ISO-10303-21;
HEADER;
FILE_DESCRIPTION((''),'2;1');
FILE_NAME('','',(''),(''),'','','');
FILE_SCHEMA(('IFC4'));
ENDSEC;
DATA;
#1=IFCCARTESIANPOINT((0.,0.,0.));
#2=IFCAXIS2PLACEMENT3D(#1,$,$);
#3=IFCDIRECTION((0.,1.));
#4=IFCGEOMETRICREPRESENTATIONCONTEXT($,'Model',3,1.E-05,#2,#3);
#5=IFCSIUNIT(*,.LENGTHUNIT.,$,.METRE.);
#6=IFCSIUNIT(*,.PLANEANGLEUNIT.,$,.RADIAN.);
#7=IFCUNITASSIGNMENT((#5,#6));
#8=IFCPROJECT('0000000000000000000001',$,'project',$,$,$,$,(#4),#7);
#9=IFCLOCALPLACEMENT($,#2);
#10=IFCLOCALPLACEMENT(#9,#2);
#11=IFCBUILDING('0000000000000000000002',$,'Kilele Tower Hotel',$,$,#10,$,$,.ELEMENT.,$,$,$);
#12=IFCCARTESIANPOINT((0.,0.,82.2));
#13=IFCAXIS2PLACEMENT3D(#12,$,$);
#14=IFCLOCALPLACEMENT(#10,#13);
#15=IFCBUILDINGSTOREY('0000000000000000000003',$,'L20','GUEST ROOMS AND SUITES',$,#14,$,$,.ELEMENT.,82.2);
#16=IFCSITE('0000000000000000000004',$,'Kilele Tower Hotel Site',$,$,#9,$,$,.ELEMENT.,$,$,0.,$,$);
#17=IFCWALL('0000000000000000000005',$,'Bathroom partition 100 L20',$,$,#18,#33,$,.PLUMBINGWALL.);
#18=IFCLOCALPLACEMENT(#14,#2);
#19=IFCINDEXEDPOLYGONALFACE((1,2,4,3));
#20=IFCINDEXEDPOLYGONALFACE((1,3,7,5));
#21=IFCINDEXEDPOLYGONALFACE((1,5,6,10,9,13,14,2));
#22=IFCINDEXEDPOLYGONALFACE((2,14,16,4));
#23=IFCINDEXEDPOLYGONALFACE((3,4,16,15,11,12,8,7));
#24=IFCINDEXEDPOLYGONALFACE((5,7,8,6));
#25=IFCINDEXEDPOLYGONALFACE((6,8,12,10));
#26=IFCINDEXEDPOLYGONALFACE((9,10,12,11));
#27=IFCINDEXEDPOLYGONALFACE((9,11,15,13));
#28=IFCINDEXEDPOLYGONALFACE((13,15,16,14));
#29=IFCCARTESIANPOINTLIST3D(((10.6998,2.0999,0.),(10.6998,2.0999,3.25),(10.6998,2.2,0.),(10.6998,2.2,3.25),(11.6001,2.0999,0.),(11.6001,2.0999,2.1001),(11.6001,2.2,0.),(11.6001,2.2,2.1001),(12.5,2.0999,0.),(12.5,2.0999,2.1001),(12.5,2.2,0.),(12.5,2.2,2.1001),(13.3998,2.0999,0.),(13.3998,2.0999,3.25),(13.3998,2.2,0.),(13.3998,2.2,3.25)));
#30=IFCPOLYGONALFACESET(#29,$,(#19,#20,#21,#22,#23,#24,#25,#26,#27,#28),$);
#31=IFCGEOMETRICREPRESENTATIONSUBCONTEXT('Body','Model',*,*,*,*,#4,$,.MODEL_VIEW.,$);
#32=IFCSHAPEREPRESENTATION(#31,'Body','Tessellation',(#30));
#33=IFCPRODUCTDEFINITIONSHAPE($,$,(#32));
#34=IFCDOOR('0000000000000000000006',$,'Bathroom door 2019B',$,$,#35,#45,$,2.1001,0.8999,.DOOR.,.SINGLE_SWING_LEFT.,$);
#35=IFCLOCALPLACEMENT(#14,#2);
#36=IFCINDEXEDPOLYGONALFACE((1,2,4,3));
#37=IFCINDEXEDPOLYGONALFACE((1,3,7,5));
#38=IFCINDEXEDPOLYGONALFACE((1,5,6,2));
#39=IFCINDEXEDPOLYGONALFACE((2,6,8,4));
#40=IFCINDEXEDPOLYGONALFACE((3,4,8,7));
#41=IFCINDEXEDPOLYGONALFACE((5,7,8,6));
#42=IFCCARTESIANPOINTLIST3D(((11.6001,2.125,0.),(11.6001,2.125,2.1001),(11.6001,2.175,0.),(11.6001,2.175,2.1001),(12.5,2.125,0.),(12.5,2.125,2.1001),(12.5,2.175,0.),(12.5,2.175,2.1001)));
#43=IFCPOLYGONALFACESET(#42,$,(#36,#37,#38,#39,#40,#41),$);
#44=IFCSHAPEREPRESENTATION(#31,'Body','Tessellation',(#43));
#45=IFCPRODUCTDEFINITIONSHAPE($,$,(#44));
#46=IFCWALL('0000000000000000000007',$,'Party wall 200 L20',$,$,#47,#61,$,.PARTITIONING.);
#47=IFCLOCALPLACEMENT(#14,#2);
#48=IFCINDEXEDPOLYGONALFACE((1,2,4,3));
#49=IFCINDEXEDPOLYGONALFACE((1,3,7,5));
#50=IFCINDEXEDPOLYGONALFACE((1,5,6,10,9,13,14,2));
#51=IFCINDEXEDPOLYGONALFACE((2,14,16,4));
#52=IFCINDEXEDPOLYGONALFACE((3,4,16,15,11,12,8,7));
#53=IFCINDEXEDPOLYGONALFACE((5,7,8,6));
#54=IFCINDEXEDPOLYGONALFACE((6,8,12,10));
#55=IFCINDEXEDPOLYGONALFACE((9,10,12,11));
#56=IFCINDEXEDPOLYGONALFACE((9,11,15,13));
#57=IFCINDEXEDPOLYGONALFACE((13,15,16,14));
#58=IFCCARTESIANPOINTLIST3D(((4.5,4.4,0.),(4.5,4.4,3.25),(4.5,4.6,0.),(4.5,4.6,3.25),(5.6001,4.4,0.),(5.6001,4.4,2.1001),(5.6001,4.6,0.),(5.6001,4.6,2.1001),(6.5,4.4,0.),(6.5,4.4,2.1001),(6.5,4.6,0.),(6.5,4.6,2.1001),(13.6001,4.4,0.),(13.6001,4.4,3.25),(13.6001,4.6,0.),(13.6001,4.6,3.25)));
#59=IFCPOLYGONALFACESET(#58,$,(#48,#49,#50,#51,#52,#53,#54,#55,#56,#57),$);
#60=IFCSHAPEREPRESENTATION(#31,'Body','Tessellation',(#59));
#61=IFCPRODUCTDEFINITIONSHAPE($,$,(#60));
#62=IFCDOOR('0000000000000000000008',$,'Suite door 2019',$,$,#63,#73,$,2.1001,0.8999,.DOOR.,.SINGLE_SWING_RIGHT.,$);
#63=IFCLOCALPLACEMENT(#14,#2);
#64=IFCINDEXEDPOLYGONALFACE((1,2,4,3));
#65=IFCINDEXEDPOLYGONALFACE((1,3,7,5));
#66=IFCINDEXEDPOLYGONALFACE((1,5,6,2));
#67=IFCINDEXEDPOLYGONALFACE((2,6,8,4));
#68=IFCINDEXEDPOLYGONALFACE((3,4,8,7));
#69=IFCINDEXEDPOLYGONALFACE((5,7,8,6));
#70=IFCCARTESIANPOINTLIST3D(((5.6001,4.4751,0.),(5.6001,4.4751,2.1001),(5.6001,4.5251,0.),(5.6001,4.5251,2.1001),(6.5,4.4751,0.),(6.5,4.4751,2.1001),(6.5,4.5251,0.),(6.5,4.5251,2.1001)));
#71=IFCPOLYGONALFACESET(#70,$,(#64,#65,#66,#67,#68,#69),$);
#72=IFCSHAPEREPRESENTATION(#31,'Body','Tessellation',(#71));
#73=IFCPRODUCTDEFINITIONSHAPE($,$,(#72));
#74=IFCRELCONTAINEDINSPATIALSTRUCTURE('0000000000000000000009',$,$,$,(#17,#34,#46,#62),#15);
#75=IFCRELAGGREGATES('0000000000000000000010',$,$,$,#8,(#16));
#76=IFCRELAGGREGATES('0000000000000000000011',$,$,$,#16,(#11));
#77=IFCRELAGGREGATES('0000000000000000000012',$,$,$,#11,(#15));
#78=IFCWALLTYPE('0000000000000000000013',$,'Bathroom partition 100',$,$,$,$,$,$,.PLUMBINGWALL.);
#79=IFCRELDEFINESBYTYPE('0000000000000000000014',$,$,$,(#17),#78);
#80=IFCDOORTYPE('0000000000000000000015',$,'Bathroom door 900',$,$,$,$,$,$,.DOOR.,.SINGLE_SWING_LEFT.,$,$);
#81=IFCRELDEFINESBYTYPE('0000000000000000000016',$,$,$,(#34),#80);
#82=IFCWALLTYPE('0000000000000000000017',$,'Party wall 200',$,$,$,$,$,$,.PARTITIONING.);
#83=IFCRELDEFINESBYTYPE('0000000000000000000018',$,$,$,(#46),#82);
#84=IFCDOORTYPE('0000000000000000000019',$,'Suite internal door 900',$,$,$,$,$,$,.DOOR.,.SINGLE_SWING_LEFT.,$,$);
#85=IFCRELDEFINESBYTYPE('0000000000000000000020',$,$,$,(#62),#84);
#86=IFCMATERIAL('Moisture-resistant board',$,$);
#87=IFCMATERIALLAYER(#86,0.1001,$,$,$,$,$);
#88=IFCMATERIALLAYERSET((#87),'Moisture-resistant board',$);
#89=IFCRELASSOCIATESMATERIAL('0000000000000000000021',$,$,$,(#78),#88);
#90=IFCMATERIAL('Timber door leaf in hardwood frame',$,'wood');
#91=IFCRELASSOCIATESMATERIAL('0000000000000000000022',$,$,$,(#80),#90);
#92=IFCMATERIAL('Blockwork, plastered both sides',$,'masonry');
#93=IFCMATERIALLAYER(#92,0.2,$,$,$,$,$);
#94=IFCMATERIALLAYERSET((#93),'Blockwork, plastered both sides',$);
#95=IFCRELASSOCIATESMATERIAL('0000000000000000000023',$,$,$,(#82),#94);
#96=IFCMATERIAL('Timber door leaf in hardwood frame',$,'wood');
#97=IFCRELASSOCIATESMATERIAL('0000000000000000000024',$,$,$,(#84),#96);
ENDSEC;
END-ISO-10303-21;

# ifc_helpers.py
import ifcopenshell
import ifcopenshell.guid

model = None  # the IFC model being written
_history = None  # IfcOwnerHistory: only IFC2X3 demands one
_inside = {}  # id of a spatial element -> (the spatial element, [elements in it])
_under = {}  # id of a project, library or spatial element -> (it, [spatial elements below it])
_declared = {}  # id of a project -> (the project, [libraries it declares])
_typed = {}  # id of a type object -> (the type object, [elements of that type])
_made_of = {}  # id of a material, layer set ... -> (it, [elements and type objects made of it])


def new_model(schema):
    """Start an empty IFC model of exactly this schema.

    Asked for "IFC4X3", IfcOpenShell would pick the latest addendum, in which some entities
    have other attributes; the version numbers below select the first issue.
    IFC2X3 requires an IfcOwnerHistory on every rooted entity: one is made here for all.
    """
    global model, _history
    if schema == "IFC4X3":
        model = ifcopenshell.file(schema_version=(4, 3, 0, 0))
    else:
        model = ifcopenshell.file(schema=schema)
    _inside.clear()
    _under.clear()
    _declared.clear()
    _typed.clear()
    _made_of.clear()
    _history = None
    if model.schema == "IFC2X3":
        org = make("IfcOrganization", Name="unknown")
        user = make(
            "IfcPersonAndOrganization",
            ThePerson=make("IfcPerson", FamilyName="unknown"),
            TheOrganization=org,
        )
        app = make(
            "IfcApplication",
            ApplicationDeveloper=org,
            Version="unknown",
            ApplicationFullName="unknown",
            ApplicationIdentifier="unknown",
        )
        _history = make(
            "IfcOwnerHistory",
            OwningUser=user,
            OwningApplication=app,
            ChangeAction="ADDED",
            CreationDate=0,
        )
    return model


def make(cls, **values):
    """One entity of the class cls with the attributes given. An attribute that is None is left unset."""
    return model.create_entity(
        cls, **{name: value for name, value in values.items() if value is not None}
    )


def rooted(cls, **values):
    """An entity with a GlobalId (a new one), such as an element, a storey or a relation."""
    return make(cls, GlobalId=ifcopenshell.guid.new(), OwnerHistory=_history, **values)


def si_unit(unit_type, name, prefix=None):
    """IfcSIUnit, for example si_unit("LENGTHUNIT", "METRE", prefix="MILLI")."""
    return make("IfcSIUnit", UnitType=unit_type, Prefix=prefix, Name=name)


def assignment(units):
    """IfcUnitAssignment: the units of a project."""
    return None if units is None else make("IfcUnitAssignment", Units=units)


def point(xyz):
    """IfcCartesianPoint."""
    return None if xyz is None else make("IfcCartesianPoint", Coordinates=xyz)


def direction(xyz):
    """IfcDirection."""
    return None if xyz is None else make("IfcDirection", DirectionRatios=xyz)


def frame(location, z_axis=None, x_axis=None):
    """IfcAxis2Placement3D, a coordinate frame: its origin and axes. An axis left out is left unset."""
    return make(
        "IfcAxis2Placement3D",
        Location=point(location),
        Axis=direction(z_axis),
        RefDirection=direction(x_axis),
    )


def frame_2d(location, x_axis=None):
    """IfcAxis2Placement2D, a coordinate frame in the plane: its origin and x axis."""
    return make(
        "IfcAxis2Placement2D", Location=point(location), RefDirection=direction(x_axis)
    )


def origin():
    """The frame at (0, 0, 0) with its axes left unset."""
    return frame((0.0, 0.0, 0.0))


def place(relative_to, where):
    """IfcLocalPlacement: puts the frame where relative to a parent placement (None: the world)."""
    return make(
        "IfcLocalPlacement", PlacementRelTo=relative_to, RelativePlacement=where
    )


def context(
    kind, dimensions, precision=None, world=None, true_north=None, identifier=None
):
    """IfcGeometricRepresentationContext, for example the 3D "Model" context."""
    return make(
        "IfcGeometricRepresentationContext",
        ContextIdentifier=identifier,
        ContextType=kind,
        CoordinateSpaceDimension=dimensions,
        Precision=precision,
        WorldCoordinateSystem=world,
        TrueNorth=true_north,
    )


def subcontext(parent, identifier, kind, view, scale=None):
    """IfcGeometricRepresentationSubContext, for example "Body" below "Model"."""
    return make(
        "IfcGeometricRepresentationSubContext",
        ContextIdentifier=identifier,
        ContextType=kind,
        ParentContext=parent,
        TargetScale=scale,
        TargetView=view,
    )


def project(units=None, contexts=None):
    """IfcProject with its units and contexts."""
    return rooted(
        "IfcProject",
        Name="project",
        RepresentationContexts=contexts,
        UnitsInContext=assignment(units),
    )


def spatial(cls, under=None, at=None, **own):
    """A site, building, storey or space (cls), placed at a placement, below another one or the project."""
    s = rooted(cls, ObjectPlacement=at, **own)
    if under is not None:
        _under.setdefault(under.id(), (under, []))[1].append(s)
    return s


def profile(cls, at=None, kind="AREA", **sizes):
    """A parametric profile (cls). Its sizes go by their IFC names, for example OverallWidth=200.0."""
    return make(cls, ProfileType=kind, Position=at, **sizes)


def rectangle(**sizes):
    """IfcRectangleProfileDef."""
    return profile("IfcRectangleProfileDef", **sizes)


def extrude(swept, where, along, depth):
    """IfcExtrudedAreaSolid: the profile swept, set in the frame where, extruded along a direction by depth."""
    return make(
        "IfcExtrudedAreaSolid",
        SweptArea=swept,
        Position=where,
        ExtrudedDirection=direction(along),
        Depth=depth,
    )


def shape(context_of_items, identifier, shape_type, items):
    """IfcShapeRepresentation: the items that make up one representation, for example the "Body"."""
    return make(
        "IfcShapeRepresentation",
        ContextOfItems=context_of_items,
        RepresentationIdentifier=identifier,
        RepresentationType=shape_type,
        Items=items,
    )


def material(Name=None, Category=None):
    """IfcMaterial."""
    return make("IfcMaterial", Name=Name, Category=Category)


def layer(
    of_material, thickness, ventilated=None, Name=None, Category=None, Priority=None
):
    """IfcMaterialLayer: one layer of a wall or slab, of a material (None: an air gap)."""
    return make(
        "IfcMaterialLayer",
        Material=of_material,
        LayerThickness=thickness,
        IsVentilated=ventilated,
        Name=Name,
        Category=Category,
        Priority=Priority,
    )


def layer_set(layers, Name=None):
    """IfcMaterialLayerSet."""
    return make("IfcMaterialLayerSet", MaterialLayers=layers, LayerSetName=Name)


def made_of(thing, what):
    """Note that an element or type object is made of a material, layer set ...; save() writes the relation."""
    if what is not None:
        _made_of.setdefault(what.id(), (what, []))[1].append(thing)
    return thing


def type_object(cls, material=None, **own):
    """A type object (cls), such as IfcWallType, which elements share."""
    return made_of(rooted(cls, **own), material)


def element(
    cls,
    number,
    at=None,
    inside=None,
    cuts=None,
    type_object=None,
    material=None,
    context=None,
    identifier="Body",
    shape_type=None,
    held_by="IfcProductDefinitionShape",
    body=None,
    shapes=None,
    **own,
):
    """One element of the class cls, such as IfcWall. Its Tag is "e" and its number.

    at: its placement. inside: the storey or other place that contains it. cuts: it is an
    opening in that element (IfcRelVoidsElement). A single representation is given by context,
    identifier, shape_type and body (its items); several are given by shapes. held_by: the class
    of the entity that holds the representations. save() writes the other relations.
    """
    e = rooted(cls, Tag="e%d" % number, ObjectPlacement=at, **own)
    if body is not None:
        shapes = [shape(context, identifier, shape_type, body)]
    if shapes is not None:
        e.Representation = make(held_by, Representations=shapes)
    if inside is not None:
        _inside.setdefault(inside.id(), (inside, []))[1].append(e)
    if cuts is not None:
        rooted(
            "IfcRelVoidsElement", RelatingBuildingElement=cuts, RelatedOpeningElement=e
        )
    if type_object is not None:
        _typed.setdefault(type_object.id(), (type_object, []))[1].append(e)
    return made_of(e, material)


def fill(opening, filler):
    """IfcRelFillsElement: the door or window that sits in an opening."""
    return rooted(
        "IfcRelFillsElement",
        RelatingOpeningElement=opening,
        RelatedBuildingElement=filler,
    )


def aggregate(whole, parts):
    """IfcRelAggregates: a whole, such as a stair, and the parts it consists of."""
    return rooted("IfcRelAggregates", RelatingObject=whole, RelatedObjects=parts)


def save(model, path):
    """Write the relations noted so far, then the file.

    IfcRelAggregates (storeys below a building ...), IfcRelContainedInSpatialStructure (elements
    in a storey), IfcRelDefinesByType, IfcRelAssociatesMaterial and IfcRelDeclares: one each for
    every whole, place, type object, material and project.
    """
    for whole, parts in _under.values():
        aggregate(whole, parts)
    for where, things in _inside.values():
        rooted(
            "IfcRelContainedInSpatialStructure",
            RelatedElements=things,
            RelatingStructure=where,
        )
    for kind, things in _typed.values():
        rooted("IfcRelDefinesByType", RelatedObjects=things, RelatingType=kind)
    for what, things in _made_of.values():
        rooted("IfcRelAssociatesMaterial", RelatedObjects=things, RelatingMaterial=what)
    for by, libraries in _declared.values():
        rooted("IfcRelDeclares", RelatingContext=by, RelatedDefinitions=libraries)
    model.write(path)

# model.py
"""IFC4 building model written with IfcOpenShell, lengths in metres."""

from ifc_helpers import new_model, si_unit, direction, frame, frame_2d, origin, place, context, subcontext, project, spatial, rectangle, extrude, material, layer, layer_set, type_object, element, fill, save


model = new_model("IFC4")

# Units and contexts
model_context = context("Model", 3, precision=1e-05, world=origin(), true_north=direction((0.0, 1.0)))
body_context = subcontext(model_context, "Body", "Model", "MODEL_VIEW")
ifc_project = project(units=[si_unit("LENGTHUNIT", "METRE"), si_unit("PLANEANGLEUNIT", "RADIAN")], contexts=[model_context])

# Site, building, storey
site_placement = place(None, origin())
site = spatial("IfcSite", under=ifc_project, at=site_placement, Name="Kilele Tower Hotel Site", CompositionType="ELEMENT", RefElevation=0.0)
building_placement = place(site_placement, origin())
building = spatial("IfcBuilding", under=site, at=building_placement, Name="Kilele Tower Hotel", CompositionType="ELEMENT")
storey_placement = place(building_placement, frame((0.0, 0.0, 82.2)))
storey = spatial("IfcBuildingStorey", under=building, at=storey_placement, Name="L20", Description="GUEST ROOMS AND SUITES", CompositionType="ELEMENT", Elevation=82.2)

# Shared definitions
ifc_material_1 = material(Name="Moisture-resistant board")
ifc_layer_1 = layer(ifc_material_1, 0.1001)
ifc_layer_set_1 = layer_set([ifc_layer_1], Name="Moisture-resistant board")
wall_type_1 = type_object("IfcWallType", Name="Bathroom partition 100", PredefinedType="PLUMBINGWALL", material=ifc_layer_set_1)

# Walls, openings, doors
ifc_material_2 = material(Name="Timber door leaf in hardwood frame", Category="wood")
door_type_1 = type_object("IfcDoorType", Name="Bathroom door 900", OperationType="SINGLE_SWING_LEFT", PredefinedType="DOOR", material=ifc_material_2)
wall_1_placement = place(storey_placement, frame((13.3999, 2.1499, 0.0), z_axis=(0.0, 0.0, 1.0), x_axis=(-1.0, 0.0, 0.0)))
wall_1 = element("IfcWall", 1, at=wall_1_placement, inside=storey, type_object=wall_type_1, Name="Bathroom partition 100 L20", PredefinedType="PLUMBINGWALL", context=body_context, shape_type="SweptSolid", body=[
    extrude(rectangle(XDim=2.7, YDim=0.1001, at=frame_2d((1.3501, 0.0))), origin(), (0.0, 0.0, 1.0), 3.25),
])
opening_1_placement = place(wall_1_placement, frame((0.8999, 0.0, 0.0)))
opening_1 = element("IfcOpeningElement", 2, at=opening_1_placement, cuts=wall_1, PredefinedType="OPENING", context=body_context, shape_type="SweptSolid", body=[
    extrude(rectangle(XDim=0.8999, YDim=2.1001, at=frame_2d((0.45, 1.05))), frame((0.0, 0.0601, 0.0), z_axis=(0.0, -1.0, 0.0), x_axis=(1.0, 0.0, 0.0)), (0.0, 0.0, 1.0), 0.1201),
])
door_1_placement = place(opening_1_placement, origin())
door_1 = element("IfcDoor", 3, at=door_1_placement, inside=storey, type_object=door_type_1, Name="Bathroom door 2019B", OperationType="SINGLE_SWING_LEFT", OverallHeight=2.1001, OverallWidth=0.8999, PredefinedType="DOOR", context=body_context, shape_type="SweptSolid", body=[
    extrude(rectangle(XDim=0.8999, YDim=2.1001, at=frame_2d((0.45, 1.05))), frame((0.0, 0.0249, 0.0), z_axis=(0.0, -1.0, 0.0), x_axis=(1.0, 0.0, 0.0)), (0.0, 0.0, 1.0), 0.05),
])
fill(opening_1, door_1)
ifc_material_3 = material(Name="Blockwork, plastered both sides", Category="masonry")
ifc_layer_2 = layer(ifc_material_3, 0.2)
ifc_layer_set_2 = layer_set([ifc_layer_2], Name="Blockwork, plastered both sides")
wall_type_2 = type_object("IfcWallType", Name="Party wall 200", PredefinedType="PARTITIONING", material=ifc_layer_set_2)
wall_2_placement = place(storey_placement, frame((13.6001, 4.5, 0.0), z_axis=(0.0, 0.0, 1.0), x_axis=(-1.0, 0.0, 0.0)))
wall_2 = element("IfcWall", 4, at=wall_2_placement, inside=storey, type_object=wall_type_2, Name="Party wall 200 L20", PredefinedType="PARTITIONING", context=body_context, shape_type="SweptSolid", body=[
    extrude(rectangle(XDim=9.1001, YDim=0.2, at=frame_2d((4.55, 0.0))), origin(), (0.0, 0.0, 1.0), 3.25),
])
opening_2_placement = place(wall_2_placement, frame((7.1001, 0.0, 0.0)))
opening_2 = element("IfcOpeningElement", 5, at=opening_2_placement, cuts=wall_2, PredefinedType="OPENING", context=body_context, shape_type="SweptSolid", body=[
    extrude(rectangle(XDim=0.8999, YDim=2.1001, at=frame_2d((0.45, 1.05))), frame((0.0, 0.1099, 0.0), z_axis=(0.0, -1.0, 0.0), x_axis=(1.0, 0.0, 0.0)), (0.0, 0.0, 1.0), 0.22),
])
ifc_material_4 = material(Name="Timber door leaf in hardwood frame", Category="wood")
door_type_2 = type_object("IfcDoorType", Name="Suite internal door 900", OperationType="SINGLE_SWING_LEFT", PredefinedType="DOOR", material=ifc_material_4)
door_2_placement = place(opening_2_placement, origin())
door_2 = element("IfcDoor", 6, at=door_2_placement, inside=storey, type_object=door_type_2, Name="Suite door 2019", OperationType="SINGLE_SWING_RIGHT", OverallHeight=2.1001, OverallWidth=0.8999, PredefinedType="DOOR", context=body_context, shape_type="SweptSolid", body=[
    extrude(rectangle(XDim=0.8999, YDim=2.1001, at=frame_2d((0.45, 1.05))), frame((0.0, 0.0249, 0.0), z_axis=(0.0, -1.0, 0.0), x_axis=(1.0, 0.0, 0.0)), (0.0, 0.0, 1.0), 0.05),
])
fill(opening_2, door_2)

save(model, "model.ifc")
